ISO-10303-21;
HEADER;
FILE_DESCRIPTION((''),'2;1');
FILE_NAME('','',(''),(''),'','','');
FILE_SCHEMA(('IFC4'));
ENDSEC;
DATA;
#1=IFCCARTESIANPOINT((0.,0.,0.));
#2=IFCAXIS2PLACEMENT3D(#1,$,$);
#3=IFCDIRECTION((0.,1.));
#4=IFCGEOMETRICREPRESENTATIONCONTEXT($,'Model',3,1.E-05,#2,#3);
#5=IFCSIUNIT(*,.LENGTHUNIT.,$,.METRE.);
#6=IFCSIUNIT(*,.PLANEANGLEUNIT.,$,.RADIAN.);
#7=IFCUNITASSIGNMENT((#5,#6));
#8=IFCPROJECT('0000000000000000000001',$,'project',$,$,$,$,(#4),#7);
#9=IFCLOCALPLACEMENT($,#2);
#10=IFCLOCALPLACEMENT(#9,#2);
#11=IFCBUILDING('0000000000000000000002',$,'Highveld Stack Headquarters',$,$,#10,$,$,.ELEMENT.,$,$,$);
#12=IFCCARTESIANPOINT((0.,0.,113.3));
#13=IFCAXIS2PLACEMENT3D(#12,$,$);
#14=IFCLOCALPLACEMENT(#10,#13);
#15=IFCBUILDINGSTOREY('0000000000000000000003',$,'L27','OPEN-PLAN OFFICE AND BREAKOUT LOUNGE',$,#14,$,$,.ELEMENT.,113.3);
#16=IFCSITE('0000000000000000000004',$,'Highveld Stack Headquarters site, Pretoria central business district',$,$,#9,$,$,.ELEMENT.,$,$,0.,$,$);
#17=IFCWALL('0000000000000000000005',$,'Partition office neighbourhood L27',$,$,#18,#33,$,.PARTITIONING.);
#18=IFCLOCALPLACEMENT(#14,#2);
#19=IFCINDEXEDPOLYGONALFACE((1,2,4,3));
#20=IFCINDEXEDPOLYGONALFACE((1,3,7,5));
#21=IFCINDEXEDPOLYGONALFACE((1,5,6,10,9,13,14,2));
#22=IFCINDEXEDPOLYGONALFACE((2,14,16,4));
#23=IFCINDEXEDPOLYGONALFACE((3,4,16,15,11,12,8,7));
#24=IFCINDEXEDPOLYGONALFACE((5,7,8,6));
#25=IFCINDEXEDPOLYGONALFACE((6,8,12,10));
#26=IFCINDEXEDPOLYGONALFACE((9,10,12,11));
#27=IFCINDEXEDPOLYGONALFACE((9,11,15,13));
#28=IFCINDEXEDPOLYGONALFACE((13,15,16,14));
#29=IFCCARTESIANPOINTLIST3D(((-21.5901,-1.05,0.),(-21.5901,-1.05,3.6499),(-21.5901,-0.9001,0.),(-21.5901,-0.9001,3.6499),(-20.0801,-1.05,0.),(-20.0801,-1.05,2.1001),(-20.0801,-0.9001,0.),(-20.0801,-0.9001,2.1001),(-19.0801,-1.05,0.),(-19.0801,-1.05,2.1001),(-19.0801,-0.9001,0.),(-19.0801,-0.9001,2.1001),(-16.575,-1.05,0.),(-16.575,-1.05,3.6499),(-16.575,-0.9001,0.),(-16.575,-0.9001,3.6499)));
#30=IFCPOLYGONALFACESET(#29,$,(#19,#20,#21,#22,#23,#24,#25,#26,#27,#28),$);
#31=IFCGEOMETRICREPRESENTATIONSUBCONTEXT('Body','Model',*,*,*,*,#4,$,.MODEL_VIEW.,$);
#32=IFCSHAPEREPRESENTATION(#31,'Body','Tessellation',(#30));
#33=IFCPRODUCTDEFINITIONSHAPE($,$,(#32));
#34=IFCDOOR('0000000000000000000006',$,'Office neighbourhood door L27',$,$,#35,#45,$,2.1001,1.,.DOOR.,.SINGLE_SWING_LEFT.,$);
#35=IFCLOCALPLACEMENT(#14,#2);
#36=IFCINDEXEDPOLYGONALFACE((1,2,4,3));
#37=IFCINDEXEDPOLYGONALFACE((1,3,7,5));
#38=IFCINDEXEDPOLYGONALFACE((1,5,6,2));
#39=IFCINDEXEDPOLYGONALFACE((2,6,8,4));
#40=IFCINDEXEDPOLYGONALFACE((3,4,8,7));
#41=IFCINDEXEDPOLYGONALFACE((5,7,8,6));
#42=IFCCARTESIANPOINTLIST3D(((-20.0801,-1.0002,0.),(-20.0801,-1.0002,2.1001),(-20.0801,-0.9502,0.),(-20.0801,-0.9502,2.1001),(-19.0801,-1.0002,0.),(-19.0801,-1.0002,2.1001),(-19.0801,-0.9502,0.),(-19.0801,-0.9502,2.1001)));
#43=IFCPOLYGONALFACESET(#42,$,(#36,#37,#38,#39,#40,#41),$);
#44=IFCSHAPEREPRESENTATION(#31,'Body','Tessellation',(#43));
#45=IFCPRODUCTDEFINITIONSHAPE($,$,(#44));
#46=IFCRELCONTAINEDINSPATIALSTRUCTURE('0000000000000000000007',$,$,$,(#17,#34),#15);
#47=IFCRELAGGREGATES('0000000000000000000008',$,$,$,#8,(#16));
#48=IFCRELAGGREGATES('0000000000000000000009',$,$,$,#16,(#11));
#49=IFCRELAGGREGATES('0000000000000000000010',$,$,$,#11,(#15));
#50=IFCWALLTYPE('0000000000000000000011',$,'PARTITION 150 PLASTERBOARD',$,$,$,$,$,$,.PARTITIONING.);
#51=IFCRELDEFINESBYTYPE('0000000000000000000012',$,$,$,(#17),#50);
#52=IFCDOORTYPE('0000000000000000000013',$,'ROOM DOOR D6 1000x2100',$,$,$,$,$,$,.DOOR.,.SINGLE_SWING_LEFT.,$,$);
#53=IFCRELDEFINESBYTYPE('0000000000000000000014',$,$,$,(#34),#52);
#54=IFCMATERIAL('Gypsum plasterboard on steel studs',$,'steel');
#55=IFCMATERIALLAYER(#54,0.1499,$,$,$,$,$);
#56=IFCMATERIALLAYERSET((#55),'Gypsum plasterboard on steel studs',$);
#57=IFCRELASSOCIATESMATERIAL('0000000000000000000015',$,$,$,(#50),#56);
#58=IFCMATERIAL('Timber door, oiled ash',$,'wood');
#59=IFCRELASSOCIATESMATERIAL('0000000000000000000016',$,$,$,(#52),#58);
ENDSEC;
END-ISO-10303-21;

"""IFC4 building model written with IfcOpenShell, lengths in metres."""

from ifc_helpers import new_model, si_unit, direction, frame, frame_2d, origin, place, context, subcontext, project, spatial, rectangle, extrude, material, layer, layer_set, type_object, element, fill, save


model = new_model("IFC4")

# Units and contexts
model_context = context("Model", 3, precision=1e-05, world=origin(), true_north=direction((0.0, 1.0)))
body_context = subcontext(model_context, "Body", "Model", "MODEL_VIEW")
ifc_project = project(units=[si_unit("LENGTHUNIT", "METRE"), si_unit("PLANEANGLEUNIT", "RADIAN")], contexts=[model_context])

# Site, building, storey
site_placement = place(None, origin())
site = spatial("IfcSite", under=ifc_project, at=site_placement, Name="Highveld Stack Headquarters site, Pretoria central business district", CompositionType="ELEMENT", RefElevation=0.0)
building_placement = place(site_placement, origin())
building = spatial("IfcBuilding", under=site, at=building_placement, Name="Highveld Stack Headquarters", CompositionType="ELEMENT")
storey_placement = place(building_placement, frame((0.0, 0.0, 113.3)))
storey = spatial("IfcBuildingStorey", under=building, at=storey_placement, Name="L27", Description="OPEN-PLAN OFFICE AND BREAKOUT LOUNGE", CompositionType="ELEMENT", Elevation=113.3)

# Shared definitions
ifc_material_1 = material(Name="Gypsum plasterboard on steel studs", Category="steel")
ifc_layer_1 = layer(ifc_material_1, 0.1499)
ifc_layer_set_1 = layer_set([ifc_layer_1], Name="Gypsum plasterboard on steel studs")
wall_type = type_object("IfcWallType", Name="PARTITION 150 PLASTERBOARD", PredefinedType="PARTITIONING", material=ifc_layer_set_1)

# Shared definitions
ifc_material_2 = material(Name="Timber door, oiled ash", Category="wood")
door_type = type_object("IfcDoorType", Name="ROOM DOOR D6 1000x2100", OperationType="SINGLE_SWING_LEFT", PredefinedType="DOOR", material=ifc_material_2)

# Wall, opening, door
wall_1_placement = place(storey_placement, frame((-21.5901, -0.9751, 0.0), z_axis=(0.0, 0.0, 1.0), x_axis=(1.0, 0.0, 0.0)))
wall_1 = element("IfcWall", 1, at=wall_1_placement, inside=storey, type_object=wall_type, Name="Partition office neighbourhood L27", PredefinedType="PARTITIONING", context=body_context, shape_type="SweptSolid", body=[
    extrude(rectangle(XDim=5.0151, YDim=0.1499, at=frame_2d((2.5076, 0.0))), origin(), (0.0, 0.0, 1.0), 3.6499),
])
opening_1_placement = place(wall_1_placement, frame((1.51, 0.0, 0.0)))
opening_1 = element("IfcOpeningElement", 2, at=opening_1_placement, cuts=wall_1, PredefinedType="OPENING", context=body_context, shape_type="SweptSolid", body=[
    extrude(rectangle(XDim=1.0, YDim=2.1001, at=frame_2d((0.5, 1.05))), frame((0.0, 0.085, 0.0), z_axis=(0.0, -1.0, 0.0), x_axis=(1.0, 0.0, 0.0)), (0.0, 0.0, 1.0), 0.1699),
])
door_1_placement = place(opening_1_placement, origin())
door_1 = element("IfcDoor", 3, at=door_1_placement, inside=storey, type_object=door_type, Name="Office neighbourhood door L27", OperationType="SINGLE_SWING_LEFT", OverallHeight=2.1001, OverallWidth=1.0, PredefinedType="DOOR", context=body_context, shape_type="SweptSolid", body=[
    extrude(rectangle(XDim=1.0, YDim=2.1001, at=frame_2d((0.5, 1.05))), frame((0.0, 0.0249, 0.0), z_axis=(0.0, -1.0, 0.0), x_axis=(1.0, 0.0, 0.0)), (0.0, 0.0, 1.0), 0.05),
])
fill(opening_1, door_1)

save(model, "model.ifc")
